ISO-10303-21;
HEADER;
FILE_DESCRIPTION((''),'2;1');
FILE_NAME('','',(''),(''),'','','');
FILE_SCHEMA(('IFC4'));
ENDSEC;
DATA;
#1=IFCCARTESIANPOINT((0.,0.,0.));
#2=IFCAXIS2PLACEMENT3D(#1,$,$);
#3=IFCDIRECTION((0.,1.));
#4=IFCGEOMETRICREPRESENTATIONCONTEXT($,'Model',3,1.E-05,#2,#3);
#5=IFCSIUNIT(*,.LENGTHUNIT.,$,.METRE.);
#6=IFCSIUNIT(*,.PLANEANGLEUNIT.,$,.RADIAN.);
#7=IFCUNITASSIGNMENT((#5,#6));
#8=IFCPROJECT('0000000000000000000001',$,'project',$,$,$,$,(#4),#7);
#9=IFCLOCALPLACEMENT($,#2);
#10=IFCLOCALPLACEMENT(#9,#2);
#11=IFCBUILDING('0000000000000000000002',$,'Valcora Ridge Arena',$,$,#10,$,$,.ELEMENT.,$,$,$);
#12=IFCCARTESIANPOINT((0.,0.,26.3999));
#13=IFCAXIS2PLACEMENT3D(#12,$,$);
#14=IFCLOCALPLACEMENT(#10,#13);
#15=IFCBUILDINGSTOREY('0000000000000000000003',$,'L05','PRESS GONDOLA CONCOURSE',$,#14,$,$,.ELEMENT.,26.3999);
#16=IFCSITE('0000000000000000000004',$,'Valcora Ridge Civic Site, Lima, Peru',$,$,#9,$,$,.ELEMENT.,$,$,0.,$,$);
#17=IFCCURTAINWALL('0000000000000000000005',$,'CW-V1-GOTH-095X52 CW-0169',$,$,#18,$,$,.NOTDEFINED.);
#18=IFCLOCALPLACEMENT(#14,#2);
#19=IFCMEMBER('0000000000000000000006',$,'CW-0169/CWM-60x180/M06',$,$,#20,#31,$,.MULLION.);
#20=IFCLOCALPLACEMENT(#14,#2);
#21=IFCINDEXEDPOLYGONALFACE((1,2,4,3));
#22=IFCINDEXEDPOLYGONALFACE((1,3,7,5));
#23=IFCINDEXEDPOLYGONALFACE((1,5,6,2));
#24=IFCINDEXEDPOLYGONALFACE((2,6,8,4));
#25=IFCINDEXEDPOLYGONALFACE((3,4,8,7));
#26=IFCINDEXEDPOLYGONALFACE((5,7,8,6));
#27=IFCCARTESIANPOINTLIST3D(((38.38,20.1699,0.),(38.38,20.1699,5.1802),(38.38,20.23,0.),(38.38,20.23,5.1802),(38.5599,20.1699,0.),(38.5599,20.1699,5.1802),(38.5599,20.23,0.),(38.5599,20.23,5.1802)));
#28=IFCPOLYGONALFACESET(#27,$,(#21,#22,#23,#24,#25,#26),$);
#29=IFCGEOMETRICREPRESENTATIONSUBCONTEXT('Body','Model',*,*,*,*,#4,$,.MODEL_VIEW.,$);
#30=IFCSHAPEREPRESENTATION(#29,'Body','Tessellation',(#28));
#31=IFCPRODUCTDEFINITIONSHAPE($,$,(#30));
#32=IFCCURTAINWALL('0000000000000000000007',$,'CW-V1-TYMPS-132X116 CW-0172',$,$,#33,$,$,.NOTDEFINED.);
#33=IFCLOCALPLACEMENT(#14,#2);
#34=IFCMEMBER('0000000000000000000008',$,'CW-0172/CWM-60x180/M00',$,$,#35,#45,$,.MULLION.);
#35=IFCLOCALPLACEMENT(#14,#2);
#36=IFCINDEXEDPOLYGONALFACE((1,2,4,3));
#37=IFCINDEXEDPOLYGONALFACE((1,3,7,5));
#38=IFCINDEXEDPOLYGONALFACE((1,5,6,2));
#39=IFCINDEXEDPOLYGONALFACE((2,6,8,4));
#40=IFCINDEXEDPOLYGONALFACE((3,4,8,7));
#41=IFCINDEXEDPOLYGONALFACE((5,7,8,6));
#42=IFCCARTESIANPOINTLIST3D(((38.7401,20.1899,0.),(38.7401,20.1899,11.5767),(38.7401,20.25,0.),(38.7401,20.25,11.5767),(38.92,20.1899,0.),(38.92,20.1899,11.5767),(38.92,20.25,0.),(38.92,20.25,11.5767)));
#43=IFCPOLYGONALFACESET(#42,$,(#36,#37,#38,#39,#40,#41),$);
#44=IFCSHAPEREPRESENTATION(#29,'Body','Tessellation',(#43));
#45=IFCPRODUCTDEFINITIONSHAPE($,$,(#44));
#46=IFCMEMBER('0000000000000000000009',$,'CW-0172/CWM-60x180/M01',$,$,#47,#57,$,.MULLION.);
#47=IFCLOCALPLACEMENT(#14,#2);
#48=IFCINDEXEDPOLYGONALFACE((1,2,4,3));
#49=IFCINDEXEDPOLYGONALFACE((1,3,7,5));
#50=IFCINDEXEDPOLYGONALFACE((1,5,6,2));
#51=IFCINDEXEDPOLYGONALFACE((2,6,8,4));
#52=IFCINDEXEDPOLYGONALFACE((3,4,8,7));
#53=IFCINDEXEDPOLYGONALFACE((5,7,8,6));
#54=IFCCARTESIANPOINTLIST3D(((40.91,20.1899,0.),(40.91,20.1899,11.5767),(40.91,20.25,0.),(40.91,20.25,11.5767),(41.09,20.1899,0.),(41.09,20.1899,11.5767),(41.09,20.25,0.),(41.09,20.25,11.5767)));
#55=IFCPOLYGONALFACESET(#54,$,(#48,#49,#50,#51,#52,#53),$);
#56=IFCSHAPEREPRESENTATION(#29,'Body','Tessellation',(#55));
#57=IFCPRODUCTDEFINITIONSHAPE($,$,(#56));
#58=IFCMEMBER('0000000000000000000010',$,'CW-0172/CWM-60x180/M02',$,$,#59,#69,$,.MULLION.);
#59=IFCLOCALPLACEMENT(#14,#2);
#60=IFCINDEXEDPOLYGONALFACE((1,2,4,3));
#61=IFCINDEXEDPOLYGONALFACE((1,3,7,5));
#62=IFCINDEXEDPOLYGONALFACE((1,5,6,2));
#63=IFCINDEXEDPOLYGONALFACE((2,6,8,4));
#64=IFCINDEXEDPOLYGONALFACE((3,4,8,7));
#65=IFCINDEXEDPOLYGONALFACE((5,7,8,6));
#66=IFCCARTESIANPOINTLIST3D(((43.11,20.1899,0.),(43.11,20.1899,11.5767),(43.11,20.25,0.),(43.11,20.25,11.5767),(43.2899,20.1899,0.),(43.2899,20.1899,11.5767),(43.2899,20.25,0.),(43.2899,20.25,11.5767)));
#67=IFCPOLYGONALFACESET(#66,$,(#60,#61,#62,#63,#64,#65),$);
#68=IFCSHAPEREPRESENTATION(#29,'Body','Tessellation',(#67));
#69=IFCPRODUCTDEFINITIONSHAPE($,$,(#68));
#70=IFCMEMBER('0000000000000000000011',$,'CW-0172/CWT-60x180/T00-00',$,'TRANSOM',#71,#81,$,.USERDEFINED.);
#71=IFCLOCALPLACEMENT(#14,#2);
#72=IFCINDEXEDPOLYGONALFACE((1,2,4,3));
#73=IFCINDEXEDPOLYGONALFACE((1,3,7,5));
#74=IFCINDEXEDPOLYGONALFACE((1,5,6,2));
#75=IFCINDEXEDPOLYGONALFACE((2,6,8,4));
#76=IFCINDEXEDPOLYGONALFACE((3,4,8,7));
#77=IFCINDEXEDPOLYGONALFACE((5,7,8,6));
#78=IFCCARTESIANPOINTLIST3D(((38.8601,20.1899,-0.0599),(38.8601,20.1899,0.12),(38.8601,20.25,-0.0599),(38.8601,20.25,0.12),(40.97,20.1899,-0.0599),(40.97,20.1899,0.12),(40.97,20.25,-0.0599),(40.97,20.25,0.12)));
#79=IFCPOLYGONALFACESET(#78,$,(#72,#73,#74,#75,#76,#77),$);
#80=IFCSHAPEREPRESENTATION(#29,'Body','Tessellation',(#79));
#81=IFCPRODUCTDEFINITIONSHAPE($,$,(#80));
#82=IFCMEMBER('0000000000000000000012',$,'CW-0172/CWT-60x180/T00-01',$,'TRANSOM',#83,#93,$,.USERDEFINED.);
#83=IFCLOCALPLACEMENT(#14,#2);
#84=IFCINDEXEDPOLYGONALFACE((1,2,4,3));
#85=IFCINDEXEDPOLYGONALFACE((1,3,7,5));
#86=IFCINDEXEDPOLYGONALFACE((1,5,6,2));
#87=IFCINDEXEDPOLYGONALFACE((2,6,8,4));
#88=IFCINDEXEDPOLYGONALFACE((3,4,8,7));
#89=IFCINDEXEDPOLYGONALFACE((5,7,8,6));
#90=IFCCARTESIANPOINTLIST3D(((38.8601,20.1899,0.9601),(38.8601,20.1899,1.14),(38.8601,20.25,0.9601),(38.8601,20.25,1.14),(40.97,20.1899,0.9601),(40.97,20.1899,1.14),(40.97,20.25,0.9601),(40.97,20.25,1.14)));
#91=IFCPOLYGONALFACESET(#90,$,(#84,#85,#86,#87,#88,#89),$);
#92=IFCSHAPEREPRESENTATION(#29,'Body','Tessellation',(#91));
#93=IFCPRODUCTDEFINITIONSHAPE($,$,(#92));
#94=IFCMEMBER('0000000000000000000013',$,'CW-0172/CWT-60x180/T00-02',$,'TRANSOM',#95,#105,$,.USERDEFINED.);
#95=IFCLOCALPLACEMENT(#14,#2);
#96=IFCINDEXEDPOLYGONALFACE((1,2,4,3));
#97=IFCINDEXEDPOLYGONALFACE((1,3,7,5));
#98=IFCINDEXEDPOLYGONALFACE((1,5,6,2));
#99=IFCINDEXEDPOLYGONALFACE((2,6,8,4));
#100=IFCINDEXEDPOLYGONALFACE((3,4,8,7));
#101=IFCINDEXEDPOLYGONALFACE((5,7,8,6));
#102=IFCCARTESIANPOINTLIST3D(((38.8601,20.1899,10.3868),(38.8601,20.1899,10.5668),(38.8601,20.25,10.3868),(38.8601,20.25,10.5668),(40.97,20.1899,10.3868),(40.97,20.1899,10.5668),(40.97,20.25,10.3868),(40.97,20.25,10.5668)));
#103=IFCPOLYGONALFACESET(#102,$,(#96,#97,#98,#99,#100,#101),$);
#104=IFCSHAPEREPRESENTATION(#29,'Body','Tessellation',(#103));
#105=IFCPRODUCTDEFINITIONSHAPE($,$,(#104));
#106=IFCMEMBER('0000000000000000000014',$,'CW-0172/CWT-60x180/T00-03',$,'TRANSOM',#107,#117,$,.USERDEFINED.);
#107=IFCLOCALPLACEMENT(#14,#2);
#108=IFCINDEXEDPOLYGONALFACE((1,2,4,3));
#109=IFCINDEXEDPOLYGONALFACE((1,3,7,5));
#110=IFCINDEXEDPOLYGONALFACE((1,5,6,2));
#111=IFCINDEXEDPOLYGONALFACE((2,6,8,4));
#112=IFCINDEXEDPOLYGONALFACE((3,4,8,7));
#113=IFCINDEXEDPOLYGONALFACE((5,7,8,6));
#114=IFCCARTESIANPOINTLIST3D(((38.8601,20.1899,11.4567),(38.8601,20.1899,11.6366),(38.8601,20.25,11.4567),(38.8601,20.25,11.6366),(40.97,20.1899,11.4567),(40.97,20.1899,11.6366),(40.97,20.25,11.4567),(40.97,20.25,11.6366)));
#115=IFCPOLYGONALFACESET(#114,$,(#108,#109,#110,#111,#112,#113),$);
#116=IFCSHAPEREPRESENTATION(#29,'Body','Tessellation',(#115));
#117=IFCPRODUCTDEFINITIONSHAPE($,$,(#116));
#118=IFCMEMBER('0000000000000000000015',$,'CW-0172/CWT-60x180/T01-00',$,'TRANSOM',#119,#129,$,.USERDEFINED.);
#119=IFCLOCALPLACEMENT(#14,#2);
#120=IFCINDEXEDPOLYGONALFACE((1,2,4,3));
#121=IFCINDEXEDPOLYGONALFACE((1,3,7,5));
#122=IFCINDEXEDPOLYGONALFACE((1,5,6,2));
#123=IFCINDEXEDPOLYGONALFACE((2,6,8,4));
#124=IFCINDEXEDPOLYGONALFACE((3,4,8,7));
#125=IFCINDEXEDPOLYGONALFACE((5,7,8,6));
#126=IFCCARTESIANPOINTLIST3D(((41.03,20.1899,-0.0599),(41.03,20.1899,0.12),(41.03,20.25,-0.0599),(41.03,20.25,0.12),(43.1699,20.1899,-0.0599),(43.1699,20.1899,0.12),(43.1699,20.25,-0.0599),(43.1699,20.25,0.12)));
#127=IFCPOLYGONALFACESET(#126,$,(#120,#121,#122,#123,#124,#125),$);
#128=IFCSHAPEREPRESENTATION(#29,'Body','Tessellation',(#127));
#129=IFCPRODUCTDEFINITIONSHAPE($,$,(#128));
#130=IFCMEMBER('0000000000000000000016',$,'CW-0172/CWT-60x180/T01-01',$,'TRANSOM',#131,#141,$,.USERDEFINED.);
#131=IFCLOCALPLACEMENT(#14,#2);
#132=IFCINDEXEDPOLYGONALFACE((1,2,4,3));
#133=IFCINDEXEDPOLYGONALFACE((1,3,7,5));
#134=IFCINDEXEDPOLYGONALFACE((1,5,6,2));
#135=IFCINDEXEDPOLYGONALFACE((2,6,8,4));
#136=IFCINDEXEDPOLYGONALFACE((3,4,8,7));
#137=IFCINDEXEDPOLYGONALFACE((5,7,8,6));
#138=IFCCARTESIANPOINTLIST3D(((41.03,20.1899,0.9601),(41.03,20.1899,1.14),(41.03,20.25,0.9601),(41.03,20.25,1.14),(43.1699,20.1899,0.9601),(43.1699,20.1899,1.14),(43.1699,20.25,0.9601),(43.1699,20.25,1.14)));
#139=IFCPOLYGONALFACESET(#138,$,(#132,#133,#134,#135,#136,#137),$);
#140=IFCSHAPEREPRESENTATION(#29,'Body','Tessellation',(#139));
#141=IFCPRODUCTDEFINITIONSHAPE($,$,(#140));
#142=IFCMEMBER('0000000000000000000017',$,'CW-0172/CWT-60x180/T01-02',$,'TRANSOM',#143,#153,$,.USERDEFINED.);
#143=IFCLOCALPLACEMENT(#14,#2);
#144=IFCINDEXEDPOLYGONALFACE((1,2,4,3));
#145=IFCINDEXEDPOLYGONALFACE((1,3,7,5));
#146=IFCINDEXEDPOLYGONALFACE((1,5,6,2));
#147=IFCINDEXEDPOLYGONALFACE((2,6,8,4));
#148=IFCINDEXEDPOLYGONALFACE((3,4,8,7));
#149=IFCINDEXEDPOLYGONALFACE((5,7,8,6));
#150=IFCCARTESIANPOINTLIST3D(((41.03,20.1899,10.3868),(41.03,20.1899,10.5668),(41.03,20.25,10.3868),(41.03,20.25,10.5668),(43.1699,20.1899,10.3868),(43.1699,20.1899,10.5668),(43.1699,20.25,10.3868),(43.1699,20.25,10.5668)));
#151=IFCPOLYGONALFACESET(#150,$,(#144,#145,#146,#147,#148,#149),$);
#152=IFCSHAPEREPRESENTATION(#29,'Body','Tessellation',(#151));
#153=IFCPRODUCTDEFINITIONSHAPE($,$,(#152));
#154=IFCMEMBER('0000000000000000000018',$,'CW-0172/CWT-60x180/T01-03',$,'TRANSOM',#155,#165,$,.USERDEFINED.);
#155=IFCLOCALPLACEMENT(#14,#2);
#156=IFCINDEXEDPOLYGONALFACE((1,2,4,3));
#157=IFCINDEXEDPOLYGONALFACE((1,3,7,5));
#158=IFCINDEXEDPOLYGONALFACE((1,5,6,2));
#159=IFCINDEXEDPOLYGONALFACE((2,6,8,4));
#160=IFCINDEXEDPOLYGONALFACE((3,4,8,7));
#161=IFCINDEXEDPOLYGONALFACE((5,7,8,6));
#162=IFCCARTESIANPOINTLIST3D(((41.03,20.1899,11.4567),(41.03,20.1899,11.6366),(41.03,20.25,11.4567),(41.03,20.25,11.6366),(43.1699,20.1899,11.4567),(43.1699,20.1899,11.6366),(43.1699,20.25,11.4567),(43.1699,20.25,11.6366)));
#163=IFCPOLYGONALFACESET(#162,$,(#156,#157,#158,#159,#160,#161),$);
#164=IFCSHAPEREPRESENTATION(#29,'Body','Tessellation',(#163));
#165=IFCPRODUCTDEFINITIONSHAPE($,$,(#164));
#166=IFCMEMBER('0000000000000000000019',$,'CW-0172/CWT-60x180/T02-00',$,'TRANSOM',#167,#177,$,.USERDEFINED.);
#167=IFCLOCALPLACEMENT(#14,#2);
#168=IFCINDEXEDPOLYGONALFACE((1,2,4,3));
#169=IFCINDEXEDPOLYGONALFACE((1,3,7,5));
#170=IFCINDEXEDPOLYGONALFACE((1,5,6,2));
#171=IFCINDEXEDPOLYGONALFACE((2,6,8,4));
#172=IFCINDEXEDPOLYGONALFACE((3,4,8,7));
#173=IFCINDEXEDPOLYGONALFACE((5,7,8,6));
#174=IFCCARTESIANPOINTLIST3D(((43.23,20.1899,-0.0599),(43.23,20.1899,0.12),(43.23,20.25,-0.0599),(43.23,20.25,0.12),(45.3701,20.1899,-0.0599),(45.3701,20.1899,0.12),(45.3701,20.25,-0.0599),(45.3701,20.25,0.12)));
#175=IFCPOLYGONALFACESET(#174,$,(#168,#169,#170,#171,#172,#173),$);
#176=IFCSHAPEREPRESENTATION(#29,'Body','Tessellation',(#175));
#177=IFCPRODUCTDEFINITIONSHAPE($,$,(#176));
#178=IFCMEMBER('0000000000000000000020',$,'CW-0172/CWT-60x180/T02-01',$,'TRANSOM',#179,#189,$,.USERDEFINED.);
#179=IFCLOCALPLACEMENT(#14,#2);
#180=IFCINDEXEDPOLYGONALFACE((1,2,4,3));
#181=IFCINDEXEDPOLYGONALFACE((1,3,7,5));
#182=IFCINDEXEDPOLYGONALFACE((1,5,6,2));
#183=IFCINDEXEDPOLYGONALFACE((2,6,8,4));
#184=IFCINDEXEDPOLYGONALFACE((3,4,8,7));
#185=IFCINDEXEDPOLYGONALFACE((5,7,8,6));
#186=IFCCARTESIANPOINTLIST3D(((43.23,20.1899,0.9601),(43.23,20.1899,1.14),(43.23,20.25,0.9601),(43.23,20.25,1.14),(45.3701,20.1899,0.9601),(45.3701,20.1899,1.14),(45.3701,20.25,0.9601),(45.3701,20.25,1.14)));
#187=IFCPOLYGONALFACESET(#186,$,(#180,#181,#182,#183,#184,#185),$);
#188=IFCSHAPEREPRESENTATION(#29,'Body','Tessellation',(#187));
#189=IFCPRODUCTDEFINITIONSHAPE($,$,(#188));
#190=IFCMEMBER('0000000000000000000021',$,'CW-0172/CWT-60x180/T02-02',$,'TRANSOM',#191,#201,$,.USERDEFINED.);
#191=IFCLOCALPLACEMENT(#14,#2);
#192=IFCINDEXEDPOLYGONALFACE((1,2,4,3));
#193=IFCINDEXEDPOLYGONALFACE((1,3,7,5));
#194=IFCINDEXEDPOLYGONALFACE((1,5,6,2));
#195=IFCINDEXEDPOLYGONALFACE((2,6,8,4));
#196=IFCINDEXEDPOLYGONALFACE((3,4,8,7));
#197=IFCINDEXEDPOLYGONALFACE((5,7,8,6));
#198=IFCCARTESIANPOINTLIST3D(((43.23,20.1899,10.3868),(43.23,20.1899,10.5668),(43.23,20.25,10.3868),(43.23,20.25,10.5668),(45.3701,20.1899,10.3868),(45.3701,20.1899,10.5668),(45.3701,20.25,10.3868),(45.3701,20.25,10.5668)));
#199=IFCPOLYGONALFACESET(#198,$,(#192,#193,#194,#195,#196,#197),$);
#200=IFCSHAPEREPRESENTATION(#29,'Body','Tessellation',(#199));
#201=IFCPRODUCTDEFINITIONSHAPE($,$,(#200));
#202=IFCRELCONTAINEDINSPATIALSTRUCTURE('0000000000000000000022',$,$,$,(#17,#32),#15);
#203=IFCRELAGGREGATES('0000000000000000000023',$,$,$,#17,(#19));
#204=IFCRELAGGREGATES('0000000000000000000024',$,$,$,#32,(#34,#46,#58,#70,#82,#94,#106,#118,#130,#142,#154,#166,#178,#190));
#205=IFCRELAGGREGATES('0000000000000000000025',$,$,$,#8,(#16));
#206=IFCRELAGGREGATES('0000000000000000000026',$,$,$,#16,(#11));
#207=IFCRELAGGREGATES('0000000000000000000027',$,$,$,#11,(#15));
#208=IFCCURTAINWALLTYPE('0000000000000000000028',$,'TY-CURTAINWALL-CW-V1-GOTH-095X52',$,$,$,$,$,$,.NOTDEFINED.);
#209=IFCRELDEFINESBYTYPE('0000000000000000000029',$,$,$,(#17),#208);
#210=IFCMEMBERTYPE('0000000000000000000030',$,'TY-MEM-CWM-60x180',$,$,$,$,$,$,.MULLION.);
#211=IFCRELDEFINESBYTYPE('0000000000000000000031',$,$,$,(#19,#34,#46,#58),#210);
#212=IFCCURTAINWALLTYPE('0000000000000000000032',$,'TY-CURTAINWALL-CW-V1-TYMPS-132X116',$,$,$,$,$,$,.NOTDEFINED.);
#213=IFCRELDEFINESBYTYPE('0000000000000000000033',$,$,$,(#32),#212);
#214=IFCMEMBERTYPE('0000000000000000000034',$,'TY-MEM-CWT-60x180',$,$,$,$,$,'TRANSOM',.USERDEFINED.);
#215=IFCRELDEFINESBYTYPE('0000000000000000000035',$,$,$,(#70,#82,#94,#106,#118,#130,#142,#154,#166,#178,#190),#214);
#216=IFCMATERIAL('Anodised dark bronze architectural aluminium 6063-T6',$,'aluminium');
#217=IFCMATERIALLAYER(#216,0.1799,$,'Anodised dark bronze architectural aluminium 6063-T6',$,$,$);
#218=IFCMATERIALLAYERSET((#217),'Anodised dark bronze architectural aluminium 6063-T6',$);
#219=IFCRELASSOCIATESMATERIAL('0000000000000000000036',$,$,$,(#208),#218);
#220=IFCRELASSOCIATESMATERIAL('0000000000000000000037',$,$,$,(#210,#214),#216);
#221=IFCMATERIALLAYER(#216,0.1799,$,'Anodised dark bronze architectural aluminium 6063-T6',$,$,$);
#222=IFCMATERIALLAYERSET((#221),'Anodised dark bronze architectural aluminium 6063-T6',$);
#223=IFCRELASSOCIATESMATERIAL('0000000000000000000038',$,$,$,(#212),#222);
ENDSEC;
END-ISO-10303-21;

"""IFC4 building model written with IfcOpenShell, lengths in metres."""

from ifc_helpers import new_model, si_unit, direction, frame, origin, origin_2d, place, context, subcontext, project, spatial, rectangle, extrude, material, layer, layer_set, material_profile, profile_set, type_object, element, aggregate, save


model = new_model("IFC4")

# Units and contexts
model_context = context("Model", 3, precision=1e-05, world=origin(), true_north=direction((0.0, 1.0)))
body_context = subcontext(model_context, "Body", "Model", "MODEL_VIEW")
ifc_project = project(units=[si_unit("LENGTHUNIT", "METRE"), si_unit("PLANEANGLEUNIT", "RADIAN")], contexts=[model_context])

# Site, building, storey
site_placement = place(None, origin())
site = spatial("IfcSite", under=ifc_project, at=site_placement, Name="Valcora Ridge Civic Site, Lima, Peru", CompositionType="ELEMENT", RefElevation=0.0)
building_placement = place(site_placement, origin())
building = spatial("IfcBuilding", under=site, at=building_placement, Name="Valcora Ridge Arena", CompositionType="ELEMENT")
storey_placement = place(building_placement, frame((0.0, 0.0, 26.3999)))
storey = spatial("IfcBuildingStorey", under=building, at=storey_placement, Name="L05", Description="PRESS GONDOLA CONCOURSE", CompositionType="ELEMENT", Elevation=26.3999)

# Curtain wall, member
ifc_material_1 = material(Name="Anodised dark bronze architectural aluminium 6063-T6", Category="aluminium")
ifc_layer_1 = layer(ifc_material_1, 0.1799, Name="Anodised dark bronze architectural aluminium 6063-T6")
ifc_layer_set_1 = layer_set([ifc_layer_1], Name="Anodised dark bronze architectural aluminium 6063-T6")
curtain_wall_type_1 = type_object("IfcCurtainWallType", Name="TY-CURTAINWALL-CW-V1-GOTH-095X52", PredefinedType="NOTDEFINED", material=ifc_layer_set_1)
curtain_wall_1_placement = place(storey_placement, origin())
curtain_wall_1 = element("IfcCurtainWall", 1, at=curtain_wall_1_placement, inside=storey, type_object=curtain_wall_type_1, Name="CW-V1-GOTH-095X52 CW-0169", PredefinedType="NOTDEFINED")
ifc_material_profile_1 = material_profile(ifc_material_1, rectangle(XDim=0.0601, YDim=0.1799, at=origin_2d()), Name="ALU MULLION 60x180")
ifc_profile_set_1 = profile_set([ifc_material_profile_1], Name="Anodised dark bronze architectural aluminium 6063-T6")
member_type_1 = type_object("IfcMemberType", Name="TY-MEM-CWM-60x180", PredefinedType="MULLION", material=ifc_profile_set_1)
member_1_placement = place(storey_placement, frame((38.47, 20.2, 0.0), z_axis=(0.0, 0.0, 1.0), x_axis=(0.0, 1.0, 0.0)))
member_1 = element("IfcMember", 2, at=member_1_placement, type_object=member_type_1, Name="CW-0169/CWM-60x180/M06", PredefinedType="MULLION", context=body_context, shape_type="SweptSolid", body=[
    extrude(rectangle(XDim=0.0601, YDim=0.1799, at=origin_2d()), origin(), (0.0, 0.0, 1.0), 5.1802),
])
aggregate(curtain_wall_1, [member_1])

# Curtain wall, members
ifc_layer_2 = layer(ifc_material_1, 0.1799, Name="Anodised dark bronze architectural aluminium 6063-T6")
ifc_layer_set_2 = layer_set([ifc_layer_2], Name="Anodised dark bronze architectural aluminium 6063-T6")
curtain_wall_type_2 = type_object("IfcCurtainWallType", Name="TY-CURTAINWALL-CW-V1-TYMPS-132X116", PredefinedType="NOTDEFINED", material=ifc_layer_set_2)
curtain_wall_2_placement = place(storey_placement, origin())
curtain_wall_2 = element("IfcCurtainWall", 3, at=curtain_wall_2_placement, inside=storey, type_object=curtain_wall_type_2, Name="CW-V1-TYMPS-132X116 CW-0172", PredefinedType="NOTDEFINED")
member_2_placement = place(storey_placement, frame((38.8301, 20.22, 0.0), z_axis=(0.0, 0.0, 1.0), x_axis=(0.0, 1.0, 0.0)))
member_2 = element("IfcMember", 4, at=member_2_placement, type_object=member_type_1, Name="CW-0172/CWM-60x180/M00", PredefinedType="MULLION", context=body_context, shape_type="SweptSolid", body=[
    extrude(rectangle(XDim=0.0601, YDim=0.1799, at=origin_2d()), origin(), (0.0, 0.0, 1.0), 11.5767),
])
member_3_placement = place(storey_placement, frame((41.0, 20.22, 0.0), z_axis=(0.0, 0.0, 1.0), x_axis=(0.0, 1.0, 0.0)))
member_3 = element("IfcMember", 5, at=member_3_placement, type_object=member_type_1, Name="CW-0172/CWM-60x180/M01", PredefinedType="MULLION", context=body_context, shape_type="SweptSolid", body=[
    extrude(rectangle(XDim=0.0601, YDim=0.1799, at=origin_2d()), origin(), (0.0, 0.0, 1.0), 11.5767),
])
member_4_placement = place(storey_placement, frame((43.2, 20.22, 0.0), z_axis=(0.0, 0.0, 1.0), x_axis=(0.0, 1.0, 0.0)))
member_4 = element("IfcMember", 6, at=member_4_placement, type_object=member_type_1, Name="CW-0172/CWM-60x180/M02", PredefinedType="MULLION", context=body_context, shape_type="SweptSolid", body=[
    extrude(rectangle(XDim=0.0601, YDim=0.1799, at=origin_2d()), origin(), (0.0, 0.0, 1.0), 11.5767),
])
ifc_material_profile_2 = material_profile(ifc_material_1, rectangle(XDim=0.0601, YDim=0.1799, at=origin_2d()), Name="ALU TRANSOM 60x180")
ifc_profile_set_2 = profile_set([ifc_material_profile_2], Name="Anodised dark bronze architectural aluminium 6063-T6")
member_type_2 = type_object("IfcMemberType", Name="TY-MEM-CWT-60x180", ElementType="TRANSOM", PredefinedType="USERDEFINED", material=ifc_profile_set_2)
member_5_placement = place(storey_placement, frame((38.8601, 20.22, 0.03), z_axis=(1.0, 0.0, 0.0), x_axis=(0.0, 1.0, 0.0)))
member_5 = element("IfcMember", 7, at=member_5_placement, type_object=member_type_2, Name="CW-0172/CWT-60x180/T00-00", ObjectType="TRANSOM", PredefinedType="USERDEFINED", context=body_context, shape_type="SweptSolid", body=[
    extrude(rectangle(XDim=0.0601, YDim=0.1799, at=origin_2d()), origin(), (0.0, 0.0, 1.0), 2.1099),
])
member_6_placement = place(storey_placement, frame((38.8601, 20.22, 1.05), z_axis=(1.0, 0.0, 0.0), x_axis=(0.0, 1.0, 0.0)))
member_6 = element("IfcMember", 8, at=member_6_placement, type_object=member_type_2, Name="CW-0172/CWT-60x180/T00-01", ObjectType="TRANSOM", PredefinedType="USERDEFINED", context=body_context, shape_type="SweptSolid", body=[
    extrude(rectangle(XDim=0.0601, YDim=0.1799, at=origin_2d()), origin(), (0.0, 0.0, 1.0), 2.1099),
])
member_7_placement = place(storey_placement, frame((38.8601, 20.22, 10.4768), z_axis=(1.0, 0.0, 0.0), x_axis=(0.0, 1.0, 0.0)))
member_7 = element("IfcMember", 9, at=member_7_placement, type_object=member_type_2, Name="CW-0172/CWT-60x180/T00-02", ObjectType="TRANSOM", PredefinedType="USERDEFINED", context=body_context, shape_type="SweptSolid", body=[
    extrude(rectangle(XDim=0.0601, YDim=0.1799, at=origin_2d()), origin(), (0.0, 0.0, 1.0), 2.1099),
])
member_8_placement = place(storey_placement, frame((38.8601, 20.22, 11.5466), z_axis=(1.0, 0.0, 0.0), x_axis=(0.0, 1.0, 0.0)))
member_8 = element("IfcMember", 10, at=member_8_placement, type_object=member_type_2, Name="CW-0172/CWT-60x180/T00-03", ObjectType="TRANSOM", PredefinedType="USERDEFINED", context=body_context, shape_type="SweptSolid", body=[
    extrude(rectangle(XDim=0.0601, YDim=0.1799, at=origin_2d()), origin(), (0.0, 0.0, 1.0), 2.1099),
])
member_9_placement = place(storey_placement, frame((41.03, 20.22, 0.03), z_axis=(1.0, 0.0, 0.0), x_axis=(0.0, 1.0, 0.0)))
member_9 = element("IfcMember", 11, at=member_9_placement, type_object=member_type_2, Name="CW-0172/CWT-60x180/T01-00", ObjectType="TRANSOM", PredefinedType="USERDEFINED", context=body_context, shape_type="SweptSolid", body=[
    extrude(rectangle(XDim=0.0601, YDim=0.1799, at=origin_2d()), origin(), (0.0, 0.0, 1.0), 2.1399),
])
member_10_placement = place(storey_placement, frame((41.03, 20.22, 1.05), z_axis=(1.0, 0.0, 0.0), x_axis=(0.0, 1.0, 0.0)))
member_10 = element("IfcMember", 12, at=member_10_placement, type_object=member_type_2, Name="CW-0172/CWT-60x180/T01-01", ObjectType="TRANSOM", PredefinedType="USERDEFINED", context=body_context, shape_type="SweptSolid", body=[
    extrude(rectangle(XDim=0.0601, YDim=0.1799, at=origin_2d()), origin(), (0.0, 0.0, 1.0), 2.1399),
])
member_11_placement = place(storey_placement, frame((41.03, 20.22, 10.4768), z_axis=(1.0, 0.0, 0.0), x_axis=(0.0, 1.0, 0.0)))
member_11 = element("IfcMember", 13, at=member_11_placement, type_object=member_type_2, Name="CW-0172/CWT-60x180/T01-02", ObjectType="TRANSOM", PredefinedType="USERDEFINED", context=body_context, shape_type="SweptSolid", body=[
    extrude(rectangle(XDim=0.0601, YDim=0.1799, at=origin_2d()), origin(), (0.0, 0.0, 1.0), 2.1399),
])
member_12_placement = place(storey_placement, frame((41.03, 20.22, 11.5466), z_axis=(1.0, 0.0, 0.0), x_axis=(0.0, 1.0, 0.0)))
member_12 = element("IfcMember", 14, at=member_12_placement, type_object=member_type_2, Name="CW-0172/CWT-60x180/T01-03", ObjectType="TRANSOM", PredefinedType="USERDEFINED", context=body_context, shape_type="SweptSolid", body=[
    extrude(rectangle(XDim=0.0601, YDim=0.1799, at=origin_2d()), origin(), (0.0, 0.0, 1.0), 2.1399),
])
member_13_placement = place(storey_placement, frame((43.23, 20.22, 0.03), z_axis=(1.0, 0.0, 0.0), x_axis=(0.0, 1.0, 0.0)))
member_13 = element("IfcMember", 15, at=member_13_placement, type_object=member_type_2, Name="CW-0172/CWT-60x180/T02-00", ObjectType="TRANSOM", PredefinedType="USERDEFINED", context=body_context, shape_type="SweptSolid", body=[
    extrude(rectangle(XDim=0.0601, YDim=0.1799, at=origin_2d()), origin(), (0.0, 0.0, 1.0), 2.1401),
])
member_14_placement = place(storey_placement, frame((43.23, 20.22, 1.05), z_axis=(1.0, 0.0, 0.0), x_axis=(0.0, 1.0, 0.0)))
member_14 = element("IfcMember", 16, at=member_14_placement, type_object=member_type_2, Name="CW-0172/CWT-60x180/T02-01", ObjectType="TRANSOM", PredefinedType="USERDEFINED", context=body_context, shape_type="SweptSolid", body=[
    extrude(rectangle(XDim=0.0601, YDim=0.1799, at=origin_2d()), origin(), (0.0, 0.0, 1.0), 2.1401),
])
member_15_placement = place(storey_placement, frame((43.23, 20.22, 10.4768), z_axis=(1.0, 0.0, 0.0), x_axis=(0.0, 1.0, 0.0)))
member_15 = element("IfcMember", 17, at=member_15_placement, type_object=member_type_2, Name="CW-0172/CWT-60x180/T02-02", ObjectType="TRANSOM", PredefinedType="USERDEFINED", context=body_context, shape_type="SweptSolid", body=[
    extrude(rectangle(XDim=0.0601, YDim=0.1799, at=origin_2d()), origin(), (0.0, 0.0, 1.0), 2.1401),
])
aggregate(curtain_wall_2, [member_2, member_3, member_4, member_5, member_6, member_7, member_8, member_9, member_10, member_11, member_12, member_13, member_14, member_15])

save(model, "model.ifc")
